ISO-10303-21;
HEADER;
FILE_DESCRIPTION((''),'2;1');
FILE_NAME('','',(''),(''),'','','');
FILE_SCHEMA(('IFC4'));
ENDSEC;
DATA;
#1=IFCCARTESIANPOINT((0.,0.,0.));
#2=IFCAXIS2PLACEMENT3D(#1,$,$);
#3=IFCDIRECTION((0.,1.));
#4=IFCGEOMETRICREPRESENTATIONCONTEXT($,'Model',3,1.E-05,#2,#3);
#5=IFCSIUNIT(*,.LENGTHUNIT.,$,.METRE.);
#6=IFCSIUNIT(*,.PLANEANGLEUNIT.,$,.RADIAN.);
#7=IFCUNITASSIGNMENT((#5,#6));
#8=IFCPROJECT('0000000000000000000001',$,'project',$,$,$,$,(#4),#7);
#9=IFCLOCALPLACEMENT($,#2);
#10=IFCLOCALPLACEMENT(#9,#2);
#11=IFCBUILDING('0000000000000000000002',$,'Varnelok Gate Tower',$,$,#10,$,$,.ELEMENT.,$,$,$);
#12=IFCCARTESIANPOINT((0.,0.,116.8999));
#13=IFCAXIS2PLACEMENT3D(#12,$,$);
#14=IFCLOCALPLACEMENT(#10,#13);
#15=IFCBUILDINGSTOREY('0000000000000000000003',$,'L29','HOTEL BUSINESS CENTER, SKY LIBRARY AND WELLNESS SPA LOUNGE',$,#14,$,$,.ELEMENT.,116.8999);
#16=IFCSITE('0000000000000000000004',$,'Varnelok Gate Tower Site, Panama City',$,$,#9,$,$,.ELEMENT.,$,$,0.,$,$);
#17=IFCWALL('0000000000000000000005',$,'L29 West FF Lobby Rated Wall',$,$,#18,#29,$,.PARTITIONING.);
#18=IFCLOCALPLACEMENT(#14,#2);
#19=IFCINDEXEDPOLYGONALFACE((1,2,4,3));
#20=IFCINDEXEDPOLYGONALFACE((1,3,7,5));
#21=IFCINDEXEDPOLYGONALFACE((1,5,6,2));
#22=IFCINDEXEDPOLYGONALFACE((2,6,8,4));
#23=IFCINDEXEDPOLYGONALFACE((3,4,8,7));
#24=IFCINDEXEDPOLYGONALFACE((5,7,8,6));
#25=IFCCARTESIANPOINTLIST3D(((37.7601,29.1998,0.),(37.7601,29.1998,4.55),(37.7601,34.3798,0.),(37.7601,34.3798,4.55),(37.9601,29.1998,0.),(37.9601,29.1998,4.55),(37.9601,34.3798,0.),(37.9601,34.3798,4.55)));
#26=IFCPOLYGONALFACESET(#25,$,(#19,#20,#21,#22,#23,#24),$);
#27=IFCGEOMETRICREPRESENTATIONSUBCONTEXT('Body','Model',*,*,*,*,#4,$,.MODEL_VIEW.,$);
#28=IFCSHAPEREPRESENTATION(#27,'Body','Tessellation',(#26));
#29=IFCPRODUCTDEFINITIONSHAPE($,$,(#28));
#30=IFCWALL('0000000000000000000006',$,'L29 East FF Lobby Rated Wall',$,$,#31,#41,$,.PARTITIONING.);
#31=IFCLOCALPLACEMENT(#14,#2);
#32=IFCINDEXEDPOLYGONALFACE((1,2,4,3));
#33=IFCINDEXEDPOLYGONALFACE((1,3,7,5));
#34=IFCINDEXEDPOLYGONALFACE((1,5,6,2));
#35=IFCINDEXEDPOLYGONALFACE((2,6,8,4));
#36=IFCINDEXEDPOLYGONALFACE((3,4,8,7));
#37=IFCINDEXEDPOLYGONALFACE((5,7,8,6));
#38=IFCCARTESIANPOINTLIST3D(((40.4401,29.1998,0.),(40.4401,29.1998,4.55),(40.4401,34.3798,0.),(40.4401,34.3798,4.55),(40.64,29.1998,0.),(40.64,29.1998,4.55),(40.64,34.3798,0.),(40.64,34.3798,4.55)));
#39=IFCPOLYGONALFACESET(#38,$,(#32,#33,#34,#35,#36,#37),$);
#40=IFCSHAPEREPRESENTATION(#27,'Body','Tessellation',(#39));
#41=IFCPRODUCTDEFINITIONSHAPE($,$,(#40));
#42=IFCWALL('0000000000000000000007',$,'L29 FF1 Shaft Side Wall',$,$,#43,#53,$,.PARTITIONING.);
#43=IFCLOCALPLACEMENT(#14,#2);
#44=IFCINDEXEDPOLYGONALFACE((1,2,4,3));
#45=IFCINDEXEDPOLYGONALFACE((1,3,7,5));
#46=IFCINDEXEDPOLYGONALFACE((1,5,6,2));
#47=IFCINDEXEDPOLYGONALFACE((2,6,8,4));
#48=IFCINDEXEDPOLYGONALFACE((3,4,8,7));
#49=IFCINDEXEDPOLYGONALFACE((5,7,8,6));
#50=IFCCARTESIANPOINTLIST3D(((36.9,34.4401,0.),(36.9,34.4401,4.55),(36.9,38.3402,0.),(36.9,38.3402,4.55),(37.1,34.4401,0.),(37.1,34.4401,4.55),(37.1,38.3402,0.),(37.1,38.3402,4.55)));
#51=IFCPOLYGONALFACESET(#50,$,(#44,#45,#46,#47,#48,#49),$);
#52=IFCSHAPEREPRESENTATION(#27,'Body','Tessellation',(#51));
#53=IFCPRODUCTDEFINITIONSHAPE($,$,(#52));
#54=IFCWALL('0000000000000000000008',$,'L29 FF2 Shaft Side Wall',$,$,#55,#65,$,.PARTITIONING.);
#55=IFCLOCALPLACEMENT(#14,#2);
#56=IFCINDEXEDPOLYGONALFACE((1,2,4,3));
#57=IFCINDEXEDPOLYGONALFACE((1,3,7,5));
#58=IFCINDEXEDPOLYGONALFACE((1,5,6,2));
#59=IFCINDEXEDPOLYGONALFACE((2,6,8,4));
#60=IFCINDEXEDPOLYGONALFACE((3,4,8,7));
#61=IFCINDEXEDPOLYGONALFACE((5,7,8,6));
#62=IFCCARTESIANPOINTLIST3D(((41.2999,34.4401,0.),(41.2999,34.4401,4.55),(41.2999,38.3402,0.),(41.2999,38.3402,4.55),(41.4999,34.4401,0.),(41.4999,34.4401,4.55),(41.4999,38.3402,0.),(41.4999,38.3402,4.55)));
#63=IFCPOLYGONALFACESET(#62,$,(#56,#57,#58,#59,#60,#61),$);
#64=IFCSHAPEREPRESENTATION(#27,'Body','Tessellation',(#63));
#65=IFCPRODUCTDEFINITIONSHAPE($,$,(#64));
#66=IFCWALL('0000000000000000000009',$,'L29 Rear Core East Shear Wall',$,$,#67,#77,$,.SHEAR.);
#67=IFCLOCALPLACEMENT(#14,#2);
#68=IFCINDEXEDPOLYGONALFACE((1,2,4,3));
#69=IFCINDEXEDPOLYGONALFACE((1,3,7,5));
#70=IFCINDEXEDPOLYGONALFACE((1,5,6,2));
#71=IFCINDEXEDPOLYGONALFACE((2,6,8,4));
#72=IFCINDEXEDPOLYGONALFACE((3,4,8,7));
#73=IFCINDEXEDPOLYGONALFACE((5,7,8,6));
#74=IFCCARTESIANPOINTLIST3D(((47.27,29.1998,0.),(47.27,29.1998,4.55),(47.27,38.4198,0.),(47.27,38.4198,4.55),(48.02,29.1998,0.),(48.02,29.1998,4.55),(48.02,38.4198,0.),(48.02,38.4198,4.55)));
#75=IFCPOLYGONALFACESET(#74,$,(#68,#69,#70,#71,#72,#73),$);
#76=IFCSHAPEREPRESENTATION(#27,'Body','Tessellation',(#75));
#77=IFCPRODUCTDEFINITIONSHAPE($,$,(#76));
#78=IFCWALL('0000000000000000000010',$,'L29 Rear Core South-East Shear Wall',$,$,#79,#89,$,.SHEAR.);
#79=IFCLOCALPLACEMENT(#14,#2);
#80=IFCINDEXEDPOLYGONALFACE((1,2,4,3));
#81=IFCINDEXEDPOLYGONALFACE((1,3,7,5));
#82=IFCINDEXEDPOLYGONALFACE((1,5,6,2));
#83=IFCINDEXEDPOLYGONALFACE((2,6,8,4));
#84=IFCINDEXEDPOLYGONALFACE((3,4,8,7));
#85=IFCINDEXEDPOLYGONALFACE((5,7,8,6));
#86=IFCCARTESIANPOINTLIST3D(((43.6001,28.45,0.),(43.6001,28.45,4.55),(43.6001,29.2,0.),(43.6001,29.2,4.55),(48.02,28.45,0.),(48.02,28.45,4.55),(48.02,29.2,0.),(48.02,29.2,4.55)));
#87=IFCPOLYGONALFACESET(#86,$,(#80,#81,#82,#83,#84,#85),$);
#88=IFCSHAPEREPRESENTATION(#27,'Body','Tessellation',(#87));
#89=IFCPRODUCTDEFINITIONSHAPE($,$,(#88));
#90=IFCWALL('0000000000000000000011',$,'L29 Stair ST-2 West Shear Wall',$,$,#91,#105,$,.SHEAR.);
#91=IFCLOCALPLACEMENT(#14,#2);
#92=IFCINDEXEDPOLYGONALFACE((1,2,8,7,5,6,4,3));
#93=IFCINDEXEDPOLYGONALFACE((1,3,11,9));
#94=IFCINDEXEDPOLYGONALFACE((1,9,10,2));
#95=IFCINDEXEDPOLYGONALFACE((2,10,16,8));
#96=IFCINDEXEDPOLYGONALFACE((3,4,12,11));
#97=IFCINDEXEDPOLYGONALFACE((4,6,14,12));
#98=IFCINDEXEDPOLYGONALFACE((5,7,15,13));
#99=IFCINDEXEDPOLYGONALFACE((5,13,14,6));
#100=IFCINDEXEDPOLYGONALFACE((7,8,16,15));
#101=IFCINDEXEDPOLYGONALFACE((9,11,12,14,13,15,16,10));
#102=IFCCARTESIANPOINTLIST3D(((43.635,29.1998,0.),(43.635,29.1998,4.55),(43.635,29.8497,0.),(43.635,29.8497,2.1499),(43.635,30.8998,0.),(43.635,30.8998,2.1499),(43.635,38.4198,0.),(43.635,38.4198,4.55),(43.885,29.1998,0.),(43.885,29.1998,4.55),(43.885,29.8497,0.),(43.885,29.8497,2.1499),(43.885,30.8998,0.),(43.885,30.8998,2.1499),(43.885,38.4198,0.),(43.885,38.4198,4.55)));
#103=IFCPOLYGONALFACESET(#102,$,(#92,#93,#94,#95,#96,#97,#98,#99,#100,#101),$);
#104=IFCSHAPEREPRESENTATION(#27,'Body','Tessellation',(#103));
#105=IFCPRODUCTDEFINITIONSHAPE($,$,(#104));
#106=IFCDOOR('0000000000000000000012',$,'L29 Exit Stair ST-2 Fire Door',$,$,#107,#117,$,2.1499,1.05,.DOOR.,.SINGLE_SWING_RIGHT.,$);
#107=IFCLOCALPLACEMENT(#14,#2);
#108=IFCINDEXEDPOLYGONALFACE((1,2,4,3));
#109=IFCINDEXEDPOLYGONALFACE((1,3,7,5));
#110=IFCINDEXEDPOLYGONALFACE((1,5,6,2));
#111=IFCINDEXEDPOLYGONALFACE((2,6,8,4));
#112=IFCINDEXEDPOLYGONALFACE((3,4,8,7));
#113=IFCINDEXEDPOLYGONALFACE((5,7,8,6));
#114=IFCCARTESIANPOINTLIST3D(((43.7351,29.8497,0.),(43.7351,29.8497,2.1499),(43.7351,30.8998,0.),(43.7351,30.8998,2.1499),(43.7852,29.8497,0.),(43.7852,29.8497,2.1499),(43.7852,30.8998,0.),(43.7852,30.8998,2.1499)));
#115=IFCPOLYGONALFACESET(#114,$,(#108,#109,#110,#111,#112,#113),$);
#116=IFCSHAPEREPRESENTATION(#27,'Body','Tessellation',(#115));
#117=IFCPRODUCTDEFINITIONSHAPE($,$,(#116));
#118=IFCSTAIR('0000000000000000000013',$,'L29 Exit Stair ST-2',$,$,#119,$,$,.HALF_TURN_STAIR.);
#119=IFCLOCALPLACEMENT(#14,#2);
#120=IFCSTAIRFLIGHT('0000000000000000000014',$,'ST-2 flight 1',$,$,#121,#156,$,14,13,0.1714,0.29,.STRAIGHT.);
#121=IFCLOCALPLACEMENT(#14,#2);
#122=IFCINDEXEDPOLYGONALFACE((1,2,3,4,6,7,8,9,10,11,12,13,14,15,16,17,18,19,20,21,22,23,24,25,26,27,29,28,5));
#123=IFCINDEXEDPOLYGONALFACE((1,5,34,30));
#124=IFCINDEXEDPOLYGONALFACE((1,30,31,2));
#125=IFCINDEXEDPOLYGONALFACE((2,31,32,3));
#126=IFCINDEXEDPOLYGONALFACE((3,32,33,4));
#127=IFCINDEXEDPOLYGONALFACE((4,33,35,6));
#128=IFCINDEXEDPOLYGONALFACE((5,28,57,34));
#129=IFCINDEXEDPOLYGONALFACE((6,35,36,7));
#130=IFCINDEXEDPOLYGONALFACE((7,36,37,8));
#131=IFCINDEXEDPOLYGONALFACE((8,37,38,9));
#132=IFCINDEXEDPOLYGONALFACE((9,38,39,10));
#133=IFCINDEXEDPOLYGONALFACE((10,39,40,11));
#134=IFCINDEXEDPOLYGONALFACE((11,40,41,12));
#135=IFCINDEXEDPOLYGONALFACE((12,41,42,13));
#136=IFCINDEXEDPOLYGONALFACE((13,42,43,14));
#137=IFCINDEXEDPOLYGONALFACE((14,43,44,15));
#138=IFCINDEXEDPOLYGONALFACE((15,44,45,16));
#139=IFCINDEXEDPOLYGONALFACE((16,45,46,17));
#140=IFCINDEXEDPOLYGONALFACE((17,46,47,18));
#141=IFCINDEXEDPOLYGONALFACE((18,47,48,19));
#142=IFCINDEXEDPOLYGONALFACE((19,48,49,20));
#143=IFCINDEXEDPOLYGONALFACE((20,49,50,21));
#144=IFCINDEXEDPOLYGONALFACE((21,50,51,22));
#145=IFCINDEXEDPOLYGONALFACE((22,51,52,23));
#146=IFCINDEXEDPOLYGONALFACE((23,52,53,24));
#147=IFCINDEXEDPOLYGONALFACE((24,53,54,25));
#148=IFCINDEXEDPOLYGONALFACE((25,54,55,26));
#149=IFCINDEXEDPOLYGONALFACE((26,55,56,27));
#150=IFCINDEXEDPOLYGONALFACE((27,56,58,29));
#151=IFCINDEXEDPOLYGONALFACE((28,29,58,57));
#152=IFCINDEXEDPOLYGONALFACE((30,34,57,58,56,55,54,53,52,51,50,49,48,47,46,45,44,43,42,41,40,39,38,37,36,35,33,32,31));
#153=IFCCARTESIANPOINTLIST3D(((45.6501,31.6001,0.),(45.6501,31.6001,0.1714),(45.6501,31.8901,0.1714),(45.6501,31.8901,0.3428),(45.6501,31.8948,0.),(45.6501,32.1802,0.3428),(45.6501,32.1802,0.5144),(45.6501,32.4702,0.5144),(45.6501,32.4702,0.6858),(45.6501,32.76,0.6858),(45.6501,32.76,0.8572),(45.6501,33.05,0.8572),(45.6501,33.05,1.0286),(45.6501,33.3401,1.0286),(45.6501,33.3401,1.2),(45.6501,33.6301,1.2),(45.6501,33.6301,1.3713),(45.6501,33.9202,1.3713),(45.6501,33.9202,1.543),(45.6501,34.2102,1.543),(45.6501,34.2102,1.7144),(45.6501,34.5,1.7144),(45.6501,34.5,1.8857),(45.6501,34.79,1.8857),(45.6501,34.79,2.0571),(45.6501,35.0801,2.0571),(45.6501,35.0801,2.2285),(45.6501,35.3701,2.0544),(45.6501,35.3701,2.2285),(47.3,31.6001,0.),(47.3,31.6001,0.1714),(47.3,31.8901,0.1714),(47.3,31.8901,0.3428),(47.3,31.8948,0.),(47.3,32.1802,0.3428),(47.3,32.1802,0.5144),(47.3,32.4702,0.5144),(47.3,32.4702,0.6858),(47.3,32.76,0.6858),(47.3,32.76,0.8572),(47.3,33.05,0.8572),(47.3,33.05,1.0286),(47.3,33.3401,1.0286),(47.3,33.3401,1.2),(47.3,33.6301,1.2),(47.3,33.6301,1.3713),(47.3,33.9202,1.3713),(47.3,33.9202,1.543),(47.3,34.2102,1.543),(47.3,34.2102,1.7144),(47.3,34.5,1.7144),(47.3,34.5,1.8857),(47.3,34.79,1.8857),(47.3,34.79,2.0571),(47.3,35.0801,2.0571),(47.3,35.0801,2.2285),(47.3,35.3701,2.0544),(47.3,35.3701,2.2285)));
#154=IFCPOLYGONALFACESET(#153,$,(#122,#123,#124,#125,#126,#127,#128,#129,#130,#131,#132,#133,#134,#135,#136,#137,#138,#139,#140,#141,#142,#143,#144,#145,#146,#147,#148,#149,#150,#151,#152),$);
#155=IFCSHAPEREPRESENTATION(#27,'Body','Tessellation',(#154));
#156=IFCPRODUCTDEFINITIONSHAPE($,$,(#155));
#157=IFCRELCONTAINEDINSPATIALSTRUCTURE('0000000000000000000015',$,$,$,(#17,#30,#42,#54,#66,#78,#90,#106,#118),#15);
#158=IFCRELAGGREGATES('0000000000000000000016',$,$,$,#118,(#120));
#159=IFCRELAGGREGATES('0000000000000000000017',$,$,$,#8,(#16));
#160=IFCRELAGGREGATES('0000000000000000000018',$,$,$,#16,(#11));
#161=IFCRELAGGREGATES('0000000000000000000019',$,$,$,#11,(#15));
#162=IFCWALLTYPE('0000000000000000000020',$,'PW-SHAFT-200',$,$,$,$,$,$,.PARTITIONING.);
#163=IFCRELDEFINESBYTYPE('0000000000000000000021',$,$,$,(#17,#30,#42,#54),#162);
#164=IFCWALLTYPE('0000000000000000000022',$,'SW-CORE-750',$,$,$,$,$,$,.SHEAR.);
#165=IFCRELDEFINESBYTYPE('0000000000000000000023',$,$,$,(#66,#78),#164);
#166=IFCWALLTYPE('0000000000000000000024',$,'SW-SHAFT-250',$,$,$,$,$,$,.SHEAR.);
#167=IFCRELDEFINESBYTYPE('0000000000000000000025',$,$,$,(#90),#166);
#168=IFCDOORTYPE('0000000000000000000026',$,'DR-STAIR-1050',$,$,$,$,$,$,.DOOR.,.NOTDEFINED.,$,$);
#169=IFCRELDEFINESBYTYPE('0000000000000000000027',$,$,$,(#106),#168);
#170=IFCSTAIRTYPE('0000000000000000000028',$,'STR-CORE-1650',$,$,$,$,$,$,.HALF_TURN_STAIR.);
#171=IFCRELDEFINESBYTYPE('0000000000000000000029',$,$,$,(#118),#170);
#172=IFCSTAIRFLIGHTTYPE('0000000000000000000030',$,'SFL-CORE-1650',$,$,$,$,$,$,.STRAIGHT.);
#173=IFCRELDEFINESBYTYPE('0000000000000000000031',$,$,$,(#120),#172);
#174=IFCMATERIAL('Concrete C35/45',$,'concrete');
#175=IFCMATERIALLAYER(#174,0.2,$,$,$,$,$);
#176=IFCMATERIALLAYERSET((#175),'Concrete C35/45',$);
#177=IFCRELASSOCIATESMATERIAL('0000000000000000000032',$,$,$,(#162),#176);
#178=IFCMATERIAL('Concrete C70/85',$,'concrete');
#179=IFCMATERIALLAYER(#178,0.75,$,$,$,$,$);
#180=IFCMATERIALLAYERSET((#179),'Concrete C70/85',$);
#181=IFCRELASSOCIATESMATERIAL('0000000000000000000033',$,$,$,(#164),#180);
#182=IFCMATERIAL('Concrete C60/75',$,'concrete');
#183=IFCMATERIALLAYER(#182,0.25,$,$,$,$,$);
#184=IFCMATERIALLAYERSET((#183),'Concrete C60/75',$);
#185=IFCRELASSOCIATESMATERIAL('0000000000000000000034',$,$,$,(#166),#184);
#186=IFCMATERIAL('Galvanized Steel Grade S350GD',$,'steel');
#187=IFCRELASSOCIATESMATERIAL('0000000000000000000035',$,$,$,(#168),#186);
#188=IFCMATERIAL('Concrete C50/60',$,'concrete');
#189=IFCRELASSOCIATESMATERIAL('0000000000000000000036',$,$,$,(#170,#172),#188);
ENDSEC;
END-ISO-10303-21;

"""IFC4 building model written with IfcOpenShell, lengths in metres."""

from ifc_helpers import new_model, si_unit, direction, frame, frame_2d, origin, place, context, subcontext, project, spatial, polyline, rectangle, outline, extrude, material, layer, layer_set, type_object, element, fill, aggregate, save


model = new_model("IFC4")

# Units and contexts
model_context = context("Model", 3, precision=1e-05, world=origin(), true_north=direction((0.0, 1.0)))
body_context = subcontext(model_context, "Body", "Model", "MODEL_VIEW")
ifc_project = project(units=[si_unit("LENGTHUNIT", "METRE"), si_unit("PLANEANGLEUNIT", "RADIAN")], contexts=[model_context])

# Site, building, storey
site_placement = place(None, origin())
site = spatial("IfcSite", under=ifc_project, at=site_placement, Name="Varnelok Gate Tower Site, Panama City", CompositionType="ELEMENT", RefElevation=0.0)
building_placement = place(site_placement, origin())
building = spatial("IfcBuilding", under=site, at=building_placement, Name="Varnelok Gate Tower", CompositionType="ELEMENT")
storey_placement = place(building_placement, frame((0.0, 0.0, 116.8999)))
storey = spatial("IfcBuildingStorey", under=building, at=storey_placement, Name="L29", Description="HOTEL BUSINESS CENTER, SKY LIBRARY AND WELLNESS SPA LOUNGE", CompositionType="ELEMENT", Elevation=116.8999)

# Shared definitions
ifc_material_1 = material(Name="Concrete C70/85", Category="concrete")

# Shared definitions
ifc_material_2 = material(Name="Galvanized Steel Grade S350GD", Category="steel")

# Walls
ifc_material_3 = material(Name="Concrete C35/45", Category="concrete")
ifc_layer_1 = layer(ifc_material_3, 0.2)
ifc_layer_set_1 = layer_set([ifc_layer_1], Name="Concrete C35/45")
wall_type_1 = type_object("IfcWallType", Name="PW-SHAFT-200", PredefinedType="PARTITIONING", material=ifc_layer_set_1)
for number, where, z_axis, x_axis, name in (
    (1, (37.8601, 29.2, 0.0), (0.0, 0.0, 1.0), (0.0, 1.0, 0.0), "L29 West FF Lobby Rated Wall"),
    (2, (40.54, 29.2, 0.0), (0.0, 0.0, 1.0), (0.0, 1.0, 0.0), "L29 East FF Lobby Rated Wall"),
):
    element("IfcWall", number, at=place(storey_placement, frame(where, z_axis=z_axis, x_axis=x_axis)), inside=storey, type_object=wall_type_1, Name=name, PredefinedType="PARTITIONING", context=body_context, shape_type="SweptSolid", body=[
        extrude(rectangle(XDim=5.1799, YDim=0.2, at=frame_2d((2.5898, 0.0))), origin(), (0.0, 0.0, 1.0), 4.55),
    ])
for number, where, z_axis, x_axis, name in (
    (3, (37.0, 34.4399, 0.0), (0.0, 0.0, 1.0), (0.0, 1.0, 0.0), "L29 FF1 Shaft Side Wall"),
    (4, (41.3999, 34.4399, 0.0), (0.0, 0.0, 1.0), (0.0, 1.0, 0.0), "L29 FF2 Shaft Side Wall"),
):
    element("IfcWall", number, at=place(storey_placement, frame(where, z_axis=z_axis, x_axis=x_axis)), inside=storey, type_object=wall_type_1, Name=name, PredefinedType="PARTITIONING", context=body_context, shape_type="SweptSolid", body=[
        extrude(rectangle(XDim=3.9001, YDim=0.2, at=frame_2d((1.9502, 0.0))), origin(), (0.0, 0.0, 1.0), 4.55),
    ])
ifc_layer_2 = layer(ifc_material_1, 0.75)
ifc_layer_set_2 = layer_set([ifc_layer_2], Name="Concrete C70/85")
wall_type_2 = type_object("IfcWallType", Name="SW-CORE-750", PredefinedType="SHEAR", material=ifc_layer_set_2)
wall_1_placement = place(storey_placement, frame((47.645, 29.2, 0.0), z_axis=(0.0, 0.0, 1.0), x_axis=(0.0, 1.0, 0.0)))
element("IfcWall", 5, at=wall_1_placement, inside=storey, type_object=wall_type_2, Name="L29 Rear Core East Shear Wall", PredefinedType="SHEAR", context=body_context, shape_type="SweptSolid", body=[
    extrude(rectangle(XDim=9.22, YDim=0.75, at=frame_2d((4.6099, 0.0))), origin(), (0.0, 0.0, 1.0), 4.55),
])
wall_2_placement = place(storey_placement, frame((43.6001, 28.825, 0.0), z_axis=(0.0, 0.0, 1.0), x_axis=(1.0, 0.0, 0.0)))
element("IfcWall", 6, at=wall_2_placement, inside=storey, type_object=wall_type_2, Name="L29 Rear Core South-East Shear Wall", PredefinedType="SHEAR", context=body_context, shape_type="SweptSolid", body=[
    extrude(rectangle(XDim=4.4199, YDim=0.75, at=frame_2d((2.21, 0.0))), origin(), (0.0, 0.0, 1.0), 4.55),
])

# Wall, opening, door
ifc_material_4 = material(Name="Concrete C60/75", Category="concrete")
ifc_layer_3 = layer(ifc_material_4, 0.25)
ifc_layer_set_3 = layer_set([ifc_layer_3], Name="Concrete C60/75")
wall_type_3 = type_object("IfcWallType", Name="SW-SHAFT-250", PredefinedType="SHEAR", material=ifc_layer_set_3)
wall_3_placement = place(storey_placement, frame((43.76, 29.2, 0.0), z_axis=(0.0, 0.0, 1.0), x_axis=(0.0, 1.0, 0.0)))
wall_3 = element("IfcWall", 7, at=wall_3_placement, inside=storey, type_object=wall_type_3, Name="L29 Stair ST-2 West Shear Wall", PredefinedType="SHEAR", context=body_context, shape_type="SweptSolid", body=[
    extrude(rectangle(XDim=9.22, YDim=0.25, at=frame_2d((4.6099, 0.0))), origin(), (0.0, 0.0, 1.0), 4.55),
])
opening_1_placement = place(wall_3_placement, frame((0.6499, 0.0, 0.0)))
opening_1 = element("IfcOpeningElement", 8, at=opening_1_placement, cuts=wall_3, PredefinedType="OPENING", context=body_context, shape_type="SweptSolid", body=[
    extrude(rectangle(XDim=1.05, YDim=2.1499, at=frame_2d((0.5249, 1.075))), frame((0.0, 0.135, 0.0), z_axis=(0.0, -1.0, 0.0), x_axis=(1.0, 0.0, 0.0)), (0.0, 0.0, 1.0), 0.27),
])
door_type_1 = type_object("IfcDoorType", Name="DR-STAIR-1050", OperationType="NOTDEFINED", PredefinedType="DOOR", material=ifc_material_2)
door_1_placement = place(opening_1_placement, origin())
door_1 = element("IfcDoor", 9, at=door_1_placement, inside=storey, type_object=door_type_1, Name="L29 Exit Stair ST-2 Fire Door", OperationType="SINGLE_SWING_RIGHT", OverallHeight=2.1499, OverallWidth=1.05, PredefinedType="DOOR", context=body_context, shape_type="SweptSolid", body=[
    extrude(rectangle(XDim=1.05, YDim=2.1499, at=frame_2d((0.5249, 1.075))), frame((0.0, 0.0249, 0.0), z_axis=(0.0, -1.0, 0.0), x_axis=(1.0, 0.0, 0.0)), (0.0, 0.0, 1.0), 0.05),
])
fill(opening_1, door_1)

# Stair, stair flight
ifc_material_5 = material(Name="Concrete C50/60", Category="concrete")
stair_type = type_object("IfcStairType", Name="STR-CORE-1650", PredefinedType="HALF_TURN_STAIR", material=ifc_material_5)
stair_placement = place(storey_placement, origin())
stair = element("IfcStair", 10, at=stair_placement, inside=storey, type_object=stair_type, Name="L29 Exit Stair ST-2", PredefinedType="HALF_TURN_STAIR")
stair_flight_type = type_object("IfcStairFlightType", Name="SFL-CORE-1650", PredefinedType="STRAIGHT", material=ifc_material_5)
stair_flight_placement = place(storey_placement, frame((46.4751, 31.6001, 0.0), z_axis=(0.0, 0.0, 1.0), x_axis=(0.0, 1.0, 0.0)))
stair_flight = element("IfcStairFlight", 11, at=stair_flight_placement, type_object=stair_flight_type, Name="ST-2 flight 1", NumberOfRisers=14, NumberOfTreads=13, PredefinedType="STRAIGHT", RiserHeight=0.1714, TreadLength=0.29, context=body_context, shape_type="SweptSolid", body=[
    extrude(outline(polyline([(0.0, 0.0), (0.0, 0.1714), (0.29, 0.1714), (0.29, 0.3428), (0.5801, 0.3428), (0.5801, 0.5144), (0.8701, 0.5144), (0.8701, 0.6858), (1.1599, 0.6858), (1.1599, 0.8572), (1.45, 0.8572), (1.45, 1.0286), (1.74, 1.0286), (1.74, 1.2), (2.03, 1.2), (2.03, 1.3713), (2.3201, 1.3713), (2.3201, 1.543), (2.6101, 1.543), (2.6101, 1.7144), (2.8999, 1.7144), (2.8999, 1.8857), (3.1899, 1.8857), (3.1899, 2.0571), (3.48, 2.0571), (3.48, 2.2285), (3.77, 2.2285), (3.77, 2.3999), (3.77, 2.0544), (0.2947, 0.0), (0.0, 0.0)])), frame((0.0, 0.825, 0.0), z_axis=(0.0, -1.0, 0.0), x_axis=(1.0, 0.0, 0.0)), (0.0, 0.0, 1.0), 1.6499),
])
aggregate(stair, [stair_flight])

save(model, "model.ifc")
